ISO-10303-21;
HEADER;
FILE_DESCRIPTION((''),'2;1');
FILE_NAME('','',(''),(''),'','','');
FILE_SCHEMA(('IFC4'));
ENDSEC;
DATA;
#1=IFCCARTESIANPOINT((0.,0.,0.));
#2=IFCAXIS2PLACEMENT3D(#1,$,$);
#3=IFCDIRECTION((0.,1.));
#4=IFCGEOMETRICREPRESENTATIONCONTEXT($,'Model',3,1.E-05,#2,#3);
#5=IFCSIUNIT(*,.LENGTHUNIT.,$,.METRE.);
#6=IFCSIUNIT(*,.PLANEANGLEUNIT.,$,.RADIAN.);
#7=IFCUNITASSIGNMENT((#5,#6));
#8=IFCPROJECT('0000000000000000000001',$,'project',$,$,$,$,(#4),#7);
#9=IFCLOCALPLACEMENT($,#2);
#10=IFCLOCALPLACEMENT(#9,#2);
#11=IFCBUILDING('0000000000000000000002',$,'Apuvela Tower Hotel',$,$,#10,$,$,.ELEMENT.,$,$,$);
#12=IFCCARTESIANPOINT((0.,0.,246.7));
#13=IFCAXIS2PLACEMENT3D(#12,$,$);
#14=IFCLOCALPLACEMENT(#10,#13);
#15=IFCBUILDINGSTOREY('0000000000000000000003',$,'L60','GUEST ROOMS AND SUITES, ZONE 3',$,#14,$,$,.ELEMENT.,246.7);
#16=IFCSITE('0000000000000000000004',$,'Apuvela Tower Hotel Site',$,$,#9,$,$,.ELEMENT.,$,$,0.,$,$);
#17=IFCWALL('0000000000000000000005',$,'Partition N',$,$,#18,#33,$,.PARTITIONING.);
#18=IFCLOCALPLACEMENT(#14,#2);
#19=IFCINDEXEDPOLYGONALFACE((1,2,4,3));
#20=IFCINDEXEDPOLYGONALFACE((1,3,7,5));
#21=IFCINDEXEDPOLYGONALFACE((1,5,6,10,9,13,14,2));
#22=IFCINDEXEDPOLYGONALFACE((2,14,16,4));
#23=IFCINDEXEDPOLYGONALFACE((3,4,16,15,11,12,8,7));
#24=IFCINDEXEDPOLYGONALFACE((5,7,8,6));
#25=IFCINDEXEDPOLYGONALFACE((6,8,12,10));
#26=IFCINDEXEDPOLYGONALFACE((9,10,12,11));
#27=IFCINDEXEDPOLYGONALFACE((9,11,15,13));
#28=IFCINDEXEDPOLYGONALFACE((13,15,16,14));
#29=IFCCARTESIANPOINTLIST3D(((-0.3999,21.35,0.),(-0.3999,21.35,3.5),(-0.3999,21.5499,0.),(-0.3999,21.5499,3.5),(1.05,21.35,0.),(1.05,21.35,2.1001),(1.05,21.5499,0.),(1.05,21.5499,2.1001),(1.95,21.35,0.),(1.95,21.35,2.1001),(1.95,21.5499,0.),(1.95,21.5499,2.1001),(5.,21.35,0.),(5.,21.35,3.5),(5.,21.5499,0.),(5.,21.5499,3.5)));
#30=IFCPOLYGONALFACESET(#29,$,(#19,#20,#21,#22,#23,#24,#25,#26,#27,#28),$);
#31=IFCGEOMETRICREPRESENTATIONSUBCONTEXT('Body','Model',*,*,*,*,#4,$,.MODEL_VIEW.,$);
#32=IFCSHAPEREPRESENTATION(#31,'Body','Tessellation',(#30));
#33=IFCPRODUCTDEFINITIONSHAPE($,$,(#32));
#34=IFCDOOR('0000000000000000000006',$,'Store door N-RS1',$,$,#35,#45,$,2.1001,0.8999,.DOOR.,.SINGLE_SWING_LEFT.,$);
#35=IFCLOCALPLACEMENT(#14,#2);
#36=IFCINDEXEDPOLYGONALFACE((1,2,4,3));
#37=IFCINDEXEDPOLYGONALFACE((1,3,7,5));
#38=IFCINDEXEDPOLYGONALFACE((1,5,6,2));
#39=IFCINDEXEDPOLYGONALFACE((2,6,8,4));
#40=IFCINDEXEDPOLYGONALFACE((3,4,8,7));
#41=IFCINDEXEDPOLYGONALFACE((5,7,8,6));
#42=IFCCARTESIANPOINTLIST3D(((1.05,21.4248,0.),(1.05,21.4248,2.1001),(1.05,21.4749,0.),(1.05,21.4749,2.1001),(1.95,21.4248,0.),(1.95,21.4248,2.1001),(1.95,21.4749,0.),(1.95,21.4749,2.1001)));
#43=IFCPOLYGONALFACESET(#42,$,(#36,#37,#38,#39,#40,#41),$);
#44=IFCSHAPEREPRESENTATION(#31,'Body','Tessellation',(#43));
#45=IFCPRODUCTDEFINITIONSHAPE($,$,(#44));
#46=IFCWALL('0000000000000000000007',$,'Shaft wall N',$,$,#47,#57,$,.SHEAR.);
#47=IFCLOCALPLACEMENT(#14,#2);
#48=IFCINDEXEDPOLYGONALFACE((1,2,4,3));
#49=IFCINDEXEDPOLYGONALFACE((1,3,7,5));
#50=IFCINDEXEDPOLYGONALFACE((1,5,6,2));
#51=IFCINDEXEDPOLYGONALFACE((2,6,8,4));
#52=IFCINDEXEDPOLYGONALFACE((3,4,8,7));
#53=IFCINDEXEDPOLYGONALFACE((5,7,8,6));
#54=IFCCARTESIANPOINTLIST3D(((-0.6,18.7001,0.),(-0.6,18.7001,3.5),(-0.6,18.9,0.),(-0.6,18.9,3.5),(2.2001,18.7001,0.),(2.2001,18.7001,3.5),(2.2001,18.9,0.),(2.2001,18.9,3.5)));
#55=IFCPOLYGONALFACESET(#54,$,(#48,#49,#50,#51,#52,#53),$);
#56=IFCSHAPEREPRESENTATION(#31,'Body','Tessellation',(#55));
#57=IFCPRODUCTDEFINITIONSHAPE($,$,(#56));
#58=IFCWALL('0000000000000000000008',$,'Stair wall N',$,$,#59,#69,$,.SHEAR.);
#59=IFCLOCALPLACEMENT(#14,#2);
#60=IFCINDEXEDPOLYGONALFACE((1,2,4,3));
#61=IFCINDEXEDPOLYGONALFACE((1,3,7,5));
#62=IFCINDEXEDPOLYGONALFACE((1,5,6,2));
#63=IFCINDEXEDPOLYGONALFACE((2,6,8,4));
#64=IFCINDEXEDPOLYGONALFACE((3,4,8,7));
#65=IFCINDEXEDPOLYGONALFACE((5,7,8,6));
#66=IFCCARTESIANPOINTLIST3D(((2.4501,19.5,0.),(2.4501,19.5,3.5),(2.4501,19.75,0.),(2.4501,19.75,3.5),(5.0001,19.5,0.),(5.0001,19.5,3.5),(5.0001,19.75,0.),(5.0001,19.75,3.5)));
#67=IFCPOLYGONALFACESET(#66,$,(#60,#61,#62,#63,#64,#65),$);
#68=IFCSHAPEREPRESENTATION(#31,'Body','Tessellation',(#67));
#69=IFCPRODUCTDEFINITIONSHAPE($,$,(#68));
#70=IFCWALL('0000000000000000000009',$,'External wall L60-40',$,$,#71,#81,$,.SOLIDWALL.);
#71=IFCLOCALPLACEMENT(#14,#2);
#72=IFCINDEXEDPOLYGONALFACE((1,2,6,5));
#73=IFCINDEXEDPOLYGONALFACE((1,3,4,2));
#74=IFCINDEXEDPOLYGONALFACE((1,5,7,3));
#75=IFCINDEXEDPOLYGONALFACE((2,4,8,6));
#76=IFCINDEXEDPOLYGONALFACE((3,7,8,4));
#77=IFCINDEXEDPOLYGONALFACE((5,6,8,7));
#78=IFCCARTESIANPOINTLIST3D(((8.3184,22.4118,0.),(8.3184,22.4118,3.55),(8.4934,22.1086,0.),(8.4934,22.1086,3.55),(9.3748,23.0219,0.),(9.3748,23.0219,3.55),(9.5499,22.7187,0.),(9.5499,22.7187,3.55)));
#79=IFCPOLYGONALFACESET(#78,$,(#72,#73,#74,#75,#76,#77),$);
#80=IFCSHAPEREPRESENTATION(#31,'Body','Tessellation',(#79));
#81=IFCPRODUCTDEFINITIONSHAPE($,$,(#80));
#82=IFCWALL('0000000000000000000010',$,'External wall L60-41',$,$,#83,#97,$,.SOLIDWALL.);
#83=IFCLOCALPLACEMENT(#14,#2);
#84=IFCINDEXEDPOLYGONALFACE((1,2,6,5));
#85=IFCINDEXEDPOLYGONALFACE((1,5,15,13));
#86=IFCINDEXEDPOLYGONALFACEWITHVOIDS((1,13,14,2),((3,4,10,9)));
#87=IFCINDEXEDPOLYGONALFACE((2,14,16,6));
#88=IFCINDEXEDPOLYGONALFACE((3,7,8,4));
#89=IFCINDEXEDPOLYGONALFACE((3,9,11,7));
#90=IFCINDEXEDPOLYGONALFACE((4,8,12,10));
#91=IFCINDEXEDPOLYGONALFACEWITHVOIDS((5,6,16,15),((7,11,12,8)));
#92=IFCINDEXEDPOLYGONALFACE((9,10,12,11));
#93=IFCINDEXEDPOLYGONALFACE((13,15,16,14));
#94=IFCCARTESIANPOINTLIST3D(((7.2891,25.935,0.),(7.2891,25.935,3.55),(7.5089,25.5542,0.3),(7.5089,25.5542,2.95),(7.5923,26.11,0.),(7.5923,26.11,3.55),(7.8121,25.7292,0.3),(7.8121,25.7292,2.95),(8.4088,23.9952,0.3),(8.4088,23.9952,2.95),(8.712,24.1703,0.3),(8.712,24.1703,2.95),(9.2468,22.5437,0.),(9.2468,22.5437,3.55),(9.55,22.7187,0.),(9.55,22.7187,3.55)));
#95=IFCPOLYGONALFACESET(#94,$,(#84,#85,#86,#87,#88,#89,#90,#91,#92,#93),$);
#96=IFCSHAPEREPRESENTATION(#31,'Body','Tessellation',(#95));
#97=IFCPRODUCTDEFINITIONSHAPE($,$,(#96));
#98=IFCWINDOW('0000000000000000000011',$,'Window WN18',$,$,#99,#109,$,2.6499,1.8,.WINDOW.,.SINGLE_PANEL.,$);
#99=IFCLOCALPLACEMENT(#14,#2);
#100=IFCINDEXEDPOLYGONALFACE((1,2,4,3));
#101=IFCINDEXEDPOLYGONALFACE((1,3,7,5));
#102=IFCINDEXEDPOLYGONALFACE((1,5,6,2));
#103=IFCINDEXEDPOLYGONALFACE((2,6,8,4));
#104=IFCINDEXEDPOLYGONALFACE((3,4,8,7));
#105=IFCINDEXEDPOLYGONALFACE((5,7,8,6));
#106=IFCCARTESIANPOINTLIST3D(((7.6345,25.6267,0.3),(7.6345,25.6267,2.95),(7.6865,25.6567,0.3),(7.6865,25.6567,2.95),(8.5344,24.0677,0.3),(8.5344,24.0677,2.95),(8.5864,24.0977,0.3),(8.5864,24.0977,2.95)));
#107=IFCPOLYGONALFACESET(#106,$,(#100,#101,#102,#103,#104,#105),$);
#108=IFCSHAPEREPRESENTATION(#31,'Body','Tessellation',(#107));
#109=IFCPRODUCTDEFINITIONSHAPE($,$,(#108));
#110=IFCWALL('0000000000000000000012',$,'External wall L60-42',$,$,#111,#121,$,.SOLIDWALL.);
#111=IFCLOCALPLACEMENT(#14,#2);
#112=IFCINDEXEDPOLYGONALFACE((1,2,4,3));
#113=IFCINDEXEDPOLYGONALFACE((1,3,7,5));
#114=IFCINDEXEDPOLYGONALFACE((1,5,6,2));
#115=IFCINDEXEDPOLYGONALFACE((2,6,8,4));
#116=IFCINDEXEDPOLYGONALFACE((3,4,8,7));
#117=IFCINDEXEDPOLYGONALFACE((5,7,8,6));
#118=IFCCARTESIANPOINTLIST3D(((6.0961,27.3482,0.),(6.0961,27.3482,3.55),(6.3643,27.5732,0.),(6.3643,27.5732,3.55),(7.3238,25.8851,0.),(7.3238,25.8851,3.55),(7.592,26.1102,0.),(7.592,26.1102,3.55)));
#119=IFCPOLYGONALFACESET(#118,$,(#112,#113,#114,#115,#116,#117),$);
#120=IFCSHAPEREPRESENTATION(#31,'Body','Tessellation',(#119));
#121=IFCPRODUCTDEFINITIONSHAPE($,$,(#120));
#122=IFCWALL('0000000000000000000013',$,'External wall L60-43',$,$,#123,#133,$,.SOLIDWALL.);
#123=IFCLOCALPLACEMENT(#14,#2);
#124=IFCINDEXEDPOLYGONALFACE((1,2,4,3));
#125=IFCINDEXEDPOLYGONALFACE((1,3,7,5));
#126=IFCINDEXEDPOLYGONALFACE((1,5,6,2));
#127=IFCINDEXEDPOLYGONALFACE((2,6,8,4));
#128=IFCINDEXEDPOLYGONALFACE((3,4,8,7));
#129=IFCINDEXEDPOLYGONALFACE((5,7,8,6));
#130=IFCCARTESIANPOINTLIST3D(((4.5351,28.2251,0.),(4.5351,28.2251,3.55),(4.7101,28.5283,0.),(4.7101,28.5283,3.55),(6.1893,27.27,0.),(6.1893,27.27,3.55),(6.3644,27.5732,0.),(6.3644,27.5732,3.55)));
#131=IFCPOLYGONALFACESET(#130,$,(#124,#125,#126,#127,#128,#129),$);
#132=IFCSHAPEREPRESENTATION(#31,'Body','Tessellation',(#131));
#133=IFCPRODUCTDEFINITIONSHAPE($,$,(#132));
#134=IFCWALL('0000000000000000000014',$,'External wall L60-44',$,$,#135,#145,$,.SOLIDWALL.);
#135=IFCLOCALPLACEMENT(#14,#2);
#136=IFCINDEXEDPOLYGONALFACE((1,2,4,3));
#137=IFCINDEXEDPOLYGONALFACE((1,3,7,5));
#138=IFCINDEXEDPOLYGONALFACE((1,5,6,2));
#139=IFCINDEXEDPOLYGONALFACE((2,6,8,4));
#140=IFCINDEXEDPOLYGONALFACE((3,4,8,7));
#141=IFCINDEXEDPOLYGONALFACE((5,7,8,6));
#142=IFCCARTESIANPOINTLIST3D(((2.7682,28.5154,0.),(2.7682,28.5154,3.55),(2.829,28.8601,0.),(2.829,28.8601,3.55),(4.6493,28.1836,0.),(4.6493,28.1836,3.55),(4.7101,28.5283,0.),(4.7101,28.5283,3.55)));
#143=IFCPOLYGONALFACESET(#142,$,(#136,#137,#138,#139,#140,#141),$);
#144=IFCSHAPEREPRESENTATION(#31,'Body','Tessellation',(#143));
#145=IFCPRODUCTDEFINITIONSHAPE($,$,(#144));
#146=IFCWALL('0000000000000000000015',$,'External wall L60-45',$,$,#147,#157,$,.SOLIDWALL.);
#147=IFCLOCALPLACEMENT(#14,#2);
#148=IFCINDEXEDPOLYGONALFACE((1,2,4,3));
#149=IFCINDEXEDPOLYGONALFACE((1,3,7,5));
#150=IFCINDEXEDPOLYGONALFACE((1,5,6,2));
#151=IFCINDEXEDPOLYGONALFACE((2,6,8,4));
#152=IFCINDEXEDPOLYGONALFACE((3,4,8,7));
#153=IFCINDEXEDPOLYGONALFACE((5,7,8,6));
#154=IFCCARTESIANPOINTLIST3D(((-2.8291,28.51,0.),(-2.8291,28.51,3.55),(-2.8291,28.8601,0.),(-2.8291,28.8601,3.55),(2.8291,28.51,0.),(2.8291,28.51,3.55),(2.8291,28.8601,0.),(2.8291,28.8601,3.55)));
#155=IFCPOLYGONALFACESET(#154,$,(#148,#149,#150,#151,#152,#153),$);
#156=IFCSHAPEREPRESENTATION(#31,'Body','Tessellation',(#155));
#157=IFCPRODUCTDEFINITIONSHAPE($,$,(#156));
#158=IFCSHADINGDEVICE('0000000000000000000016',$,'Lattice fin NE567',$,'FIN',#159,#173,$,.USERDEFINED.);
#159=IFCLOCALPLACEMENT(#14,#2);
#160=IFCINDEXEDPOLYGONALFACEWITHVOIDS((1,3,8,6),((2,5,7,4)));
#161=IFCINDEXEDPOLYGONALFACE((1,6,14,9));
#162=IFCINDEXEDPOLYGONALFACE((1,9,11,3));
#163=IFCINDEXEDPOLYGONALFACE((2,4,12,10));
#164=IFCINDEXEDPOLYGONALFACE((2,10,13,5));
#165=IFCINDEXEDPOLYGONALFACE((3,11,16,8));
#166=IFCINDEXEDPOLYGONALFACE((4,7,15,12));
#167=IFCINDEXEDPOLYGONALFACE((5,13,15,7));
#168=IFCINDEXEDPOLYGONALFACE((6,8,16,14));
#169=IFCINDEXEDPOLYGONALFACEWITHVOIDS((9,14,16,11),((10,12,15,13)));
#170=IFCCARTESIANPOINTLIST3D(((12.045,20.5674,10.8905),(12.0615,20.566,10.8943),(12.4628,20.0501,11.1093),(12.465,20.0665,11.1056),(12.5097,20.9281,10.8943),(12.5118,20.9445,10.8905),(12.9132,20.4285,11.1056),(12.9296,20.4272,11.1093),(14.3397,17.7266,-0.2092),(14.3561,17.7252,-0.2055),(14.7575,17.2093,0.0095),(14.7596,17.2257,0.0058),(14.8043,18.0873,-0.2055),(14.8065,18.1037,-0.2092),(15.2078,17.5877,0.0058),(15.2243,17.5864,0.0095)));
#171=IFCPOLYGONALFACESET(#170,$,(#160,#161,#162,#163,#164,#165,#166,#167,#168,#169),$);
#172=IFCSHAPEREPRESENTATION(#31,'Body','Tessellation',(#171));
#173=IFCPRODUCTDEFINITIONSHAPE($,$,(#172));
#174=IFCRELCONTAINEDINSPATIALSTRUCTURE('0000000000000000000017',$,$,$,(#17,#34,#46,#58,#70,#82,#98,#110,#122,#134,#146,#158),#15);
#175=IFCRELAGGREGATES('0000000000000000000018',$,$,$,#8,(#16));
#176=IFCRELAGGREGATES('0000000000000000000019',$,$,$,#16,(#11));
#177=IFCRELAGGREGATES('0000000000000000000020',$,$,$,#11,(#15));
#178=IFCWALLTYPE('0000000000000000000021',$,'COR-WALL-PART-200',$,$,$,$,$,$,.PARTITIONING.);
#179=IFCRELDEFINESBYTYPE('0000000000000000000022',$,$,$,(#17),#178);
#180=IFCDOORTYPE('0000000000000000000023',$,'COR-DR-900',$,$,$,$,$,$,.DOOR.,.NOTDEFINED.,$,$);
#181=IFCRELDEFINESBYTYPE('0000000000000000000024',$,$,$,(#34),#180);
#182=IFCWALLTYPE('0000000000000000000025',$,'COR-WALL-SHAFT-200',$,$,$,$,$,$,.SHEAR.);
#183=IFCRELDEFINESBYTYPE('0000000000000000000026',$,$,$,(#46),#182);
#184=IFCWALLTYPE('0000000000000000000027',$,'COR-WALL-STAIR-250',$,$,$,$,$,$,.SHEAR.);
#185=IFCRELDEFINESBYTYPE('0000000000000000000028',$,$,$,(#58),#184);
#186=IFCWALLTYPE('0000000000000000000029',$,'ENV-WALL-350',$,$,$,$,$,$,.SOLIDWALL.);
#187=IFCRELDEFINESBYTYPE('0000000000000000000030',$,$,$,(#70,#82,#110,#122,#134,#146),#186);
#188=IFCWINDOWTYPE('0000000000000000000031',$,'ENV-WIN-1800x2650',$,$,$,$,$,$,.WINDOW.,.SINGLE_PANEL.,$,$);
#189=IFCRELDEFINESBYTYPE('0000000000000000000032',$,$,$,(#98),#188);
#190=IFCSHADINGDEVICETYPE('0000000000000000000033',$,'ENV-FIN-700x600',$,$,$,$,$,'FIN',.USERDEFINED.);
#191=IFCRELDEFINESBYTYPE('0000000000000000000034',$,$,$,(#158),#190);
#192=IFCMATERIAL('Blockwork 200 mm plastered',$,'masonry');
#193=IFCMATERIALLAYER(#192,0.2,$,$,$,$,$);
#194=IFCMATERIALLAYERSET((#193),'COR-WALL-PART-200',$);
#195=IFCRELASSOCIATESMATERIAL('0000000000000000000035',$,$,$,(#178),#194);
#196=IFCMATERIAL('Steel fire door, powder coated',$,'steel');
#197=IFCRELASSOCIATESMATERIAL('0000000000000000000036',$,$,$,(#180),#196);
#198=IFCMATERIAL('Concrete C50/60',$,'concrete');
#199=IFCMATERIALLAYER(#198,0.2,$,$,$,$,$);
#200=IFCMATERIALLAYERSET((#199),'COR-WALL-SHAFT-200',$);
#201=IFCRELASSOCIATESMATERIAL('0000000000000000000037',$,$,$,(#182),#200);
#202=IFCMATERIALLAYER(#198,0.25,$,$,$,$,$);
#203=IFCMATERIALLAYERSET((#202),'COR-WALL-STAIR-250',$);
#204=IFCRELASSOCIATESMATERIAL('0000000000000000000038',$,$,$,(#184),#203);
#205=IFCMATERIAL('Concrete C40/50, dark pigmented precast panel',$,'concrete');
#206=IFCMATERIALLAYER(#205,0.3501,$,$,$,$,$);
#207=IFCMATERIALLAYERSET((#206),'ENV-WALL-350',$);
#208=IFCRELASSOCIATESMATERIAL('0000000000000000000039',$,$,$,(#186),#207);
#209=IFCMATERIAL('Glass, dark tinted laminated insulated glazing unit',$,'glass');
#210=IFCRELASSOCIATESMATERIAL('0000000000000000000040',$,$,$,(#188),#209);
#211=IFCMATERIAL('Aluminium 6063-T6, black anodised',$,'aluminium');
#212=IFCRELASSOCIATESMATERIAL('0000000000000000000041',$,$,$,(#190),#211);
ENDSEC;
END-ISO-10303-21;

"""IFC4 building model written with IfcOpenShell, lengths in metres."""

from ifc_helpers import new_model, si_unit, direction, frame, frame_2d, origin, origin_2d, place, context, subcontext, project, spatial, rectangle, hollow_rectangle, extrude, material, layer, layer_set, material_profile, profile_set, type_object, element, fill, save


model = new_model("IFC4")

# Units and contexts
model_context = context("Model", 3, precision=1e-05, world=origin(), true_north=direction((0.0, 1.0)))
body_context = subcontext(model_context, "Body", "Model", "MODEL_VIEW")
ifc_project = project(units=[si_unit("LENGTHUNIT", "METRE"), si_unit("PLANEANGLEUNIT", "RADIAN")], contexts=[model_context])

# Site, building, storey
site_placement = place(None, origin())
site = spatial("IfcSite", under=ifc_project, at=site_placement, Name="Apuvela Tower Hotel Site", CompositionType="ELEMENT", RefElevation=0.0)
building_placement = place(site_placement, origin())
building = spatial("IfcBuilding", under=site, at=building_placement, Name="Apuvela Tower Hotel", CompositionType="ELEMENT")
storey_placement = place(building_placement, frame((0.0, 0.0, 246.7)))
storey = spatial("IfcBuildingStorey", under=building, at=storey_placement, Name="L60", Description="GUEST ROOMS AND SUITES, ZONE 3", CompositionType="ELEMENT", Elevation=246.7)

# Wall, opening, door
ifc_material_1 = material(Name="Blockwork 200 mm plastered", Category="masonry")
ifc_layer_1 = layer(ifc_material_1, 0.2)
ifc_layer_set_1 = layer_set([ifc_layer_1], Name="COR-WALL-PART-200")
wall_type_1 = type_object("IfcWallType", Name="COR-WALL-PART-200", PredefinedType="PARTITIONING", material=ifc_layer_set_1)
wall_1_placement = place(storey_placement, frame((5.0, 21.45, 0.0), z_axis=(0.0, 0.0, 1.0), x_axis=(-1.0, 0.0, 0.0)))
wall_1 = element("IfcWall", 1, at=wall_1_placement, inside=storey, type_object=wall_type_1, Name="Partition N", PredefinedType="PARTITIONING", context=body_context, shape_type="SweptSolid", body=[
    extrude(rectangle(XDim=5.3999, YDim=0.2, at=frame_2d((2.7, 0.0))), origin(), (0.0, 0.0, 1.0), 3.5),
])
opening_1_placement = place(wall_1_placement, frame((3.05, 0.0, 0.0)))
opening_1 = element("IfcOpeningElement", 2, at=opening_1_placement, cuts=wall_1, PredefinedType="OPENING", context=body_context, shape_type="SweptSolid", body=[
    extrude(rectangle(XDim=0.8999, YDim=2.1001, at=frame_2d((0.45, 1.05))), frame((0.0, 0.1099, 0.0), z_axis=(0.0, -1.0, 0.0), x_axis=(1.0, 0.0, 0.0)), (0.0, 0.0, 1.0), 0.22),
])
ifc_material_2 = material(Name="Steel fire door, powder coated", Category="steel")
door_type_1 = type_object("IfcDoorType", Name="COR-DR-900", OperationType="NOTDEFINED", PredefinedType="DOOR", material=ifc_material_2)
door_1_placement = place(opening_1_placement, frame((0.8999, 0.0, 0.0), z_axis=(0.0, 0.0, 1.0), x_axis=(-1.0, 0.0, 0.0)))
door_1 = element("IfcDoor", 3, at=door_1_placement, inside=storey, type_object=door_type_1, Name="Store door N-RS1", OperationType="SINGLE_SWING_LEFT", OverallHeight=2.1001, OverallWidth=0.8999, PredefinedType="DOOR", context=body_context, shape_type="SweptSolid", body=[
    extrude(rectangle(XDim=0.8999, YDim=2.1001, at=frame_2d((0.45, 1.05))), frame((0.0, 0.0249, 0.0), z_axis=(0.0, -1.0, 0.0), x_axis=(1.0, 0.0, 0.0)), (0.0, 0.0, 1.0), 0.05),
])
fill(opening_1, door_1)

# Walls
ifc_material_3 = material(Name="Concrete C50/60", Category="concrete")
ifc_layer_2 = layer(ifc_material_3, 0.2)
ifc_layer_set_2 = layer_set([ifc_layer_2], Name="COR-WALL-SHAFT-200")
wall_type_2 = type_object("IfcWallType", Name="COR-WALL-SHAFT-200", PredefinedType="SHEAR", material=ifc_layer_set_2)
wall_2_placement = place(storey_placement, frame((2.2, 18.8, 0.0), z_axis=(0.0, 0.0, 1.0), x_axis=(-1.0, 0.0, 0.0)))
element("IfcWall", 4, at=wall_2_placement, inside=storey, type_object=wall_type_2, Name="Shaft wall N", PredefinedType="SHEAR", context=body_context, shape_type="SweptSolid", body=[
    extrude(rectangle(XDim=2.8, YDim=0.2, at=frame_2d((1.3999, 0.0))), origin(), (0.0, 0.0, 1.0), 3.5),
])
ifc_layer_3 = layer(ifc_material_3, 0.25)
ifc_layer_set_3 = layer_set([ifc_layer_3], Name="COR-WALL-STAIR-250")
wall_type_3 = type_object("IfcWallType", Name="COR-WALL-STAIR-250", PredefinedType="SHEAR", material=ifc_layer_set_3)
wall_3_placement = place(storey_placement, frame((5.0, 19.625, 0.0), z_axis=(0.0, 0.0, 1.0), x_axis=(-1.0, 0.0, 0.0)))
element("IfcWall", 5, at=wall_3_placement, inside=storey, type_object=wall_type_3, Name="Stair wall N", PredefinedType="SHEAR", context=body_context, shape_type="SweptSolid", body=[
    extrude(rectangle(XDim=2.55, YDim=0.25, at=frame_2d((1.2749, 0.0))), origin(), (0.0, 0.0, 1.0), 3.5),
])
ifc_material_4 = material(Name="Concrete C40/50, dark pigmented precast panel", Category="concrete")
ifc_layer_4 = layer(ifc_material_4, 0.3501)
ifc_layer_set_4 = layer_set([ifc_layer_4], Name="ENV-WALL-350")
wall_type_4 = type_object("IfcWallType", Name="ENV-WALL-350", PredefinedType="SOLIDWALL", material=ifc_layer_set_4)
wall_4_placement = place(storey_placement, frame((8.406, 22.2603, 0.0), z_axis=(0.0, 0.0, 1.0), x_axis=(0.865956, 0.500121, 0.0)))
element("IfcWall", 6, at=wall_4_placement, inside=storey, type_object=wall_type_4, Name="External wall L60-40", PredefinedType="SOLIDWALL", context=body_context, shape_type="SweptSolid", body=[
    extrude(rectangle(XDim=1.22, YDim=0.3501, at=frame_2d((0.6099, 0.0))), origin(), (0.0, 0.0, 1.0), 3.55),
])

# Wall, opening, window
wall_5_placement = place(storey_placement, frame((9.3984, 22.6311, 0.0), z_axis=(0.0, 0.0, 1.0), x_axis=(-0.499955, 0.866052, 0.0)))
wall_5 = element("IfcWall", 7, at=wall_5_placement, inside=storey, type_object=wall_type_4, Name="External wall L60-41", PredefinedType="SOLIDWALL", context=body_context, shape_type="SweptSolid", body=[
    extrude(rectangle(XDim=3.9158, YDim=0.3501, at=frame_2d((1.958, 0.0))), origin(), (0.0, 0.0, 1.0), 3.55),
])
opening_2_placement = place(wall_5_placement, frame((1.6763, 0.0, 0.3)))
opening_2 = element("IfcOpeningElement", 8, at=opening_2_placement, cuts=wall_5, PredefinedType="OPENING", context=body_context, shape_type="SweptSolid", body=[
    extrude(rectangle(XDim=1.8, YDim=2.6499, at=frame_2d((0.8999, 1.325))), frame((0.0, 0.1851, 0.0), z_axis=(0.0, -1.0, 0.0), x_axis=(1.0, 0.0, 0.0)), (0.0, 0.0, 1.0), 0.3701),
])
ifc_material_5 = material(Name="Glass, dark tinted laminated insulated glazing unit", Category="glass")
window_type = type_object("IfcWindowType", Name="ENV-WIN-1800x2650", PartitioningType="SINGLE_PANEL", PredefinedType="WINDOW", material=ifc_material_5)
window_placement = place(opening_2_placement, origin())
window = element("IfcWindow", 9, at=window_placement, inside=storey, type_object=window_type, Name="Window WN18", OverallHeight=2.6499, OverallWidth=1.8, PartitioningType="SINGLE_PANEL", PredefinedType="WINDOW", context=body_context, shape_type="SweptSolid", body=[
    extrude(rectangle(XDim=1.8, YDim=2.6499, at=frame_2d((0.8999, 1.325))), frame((0.0, 0.03, 0.0), z_axis=(0.0, -1.0, 0.0), x_axis=(1.0, 0.0, 0.0)), (0.0, 0.0, 1.0), 0.0601),
])
fill(opening_2, window)

# Walls
wall_6_placement = place(storey_placement, frame((7.458, 25.9976, 0.0), z_axis=(0.0, 0.0, 1.0), x_axis=(-0.642808, 0.766027, 0.0)))
element("IfcWall", 10, at=wall_6_placement, inside=storey, type_object=wall_type_4, Name="External wall L60-42", PredefinedType="SOLIDWALL", context=body_context, shape_type="SweptSolid", body=[
    extrude(rectangle(XDim=1.9099, YDim=0.3501, at=frame_2d((0.9551, 0.0))), origin(), (0.0, 0.0, 1.0), 3.55),
])
for number, where, z_axis, x_axis, name in (
    (11, (6.2769, 27.4216, 0.0), (0.0, 0.0, 1.0), (-0.866032, 0.499988, 0.0), "External wall L60-43"),
    (12, (4.6797, 28.356, 0.0), (0.0, 0.0, 1.0), (-0.984799, 0.173698, 0.0), "External wall L60-44"),
):
    element("IfcWall", number, at=place(storey_placement, frame(where, z_axis=z_axis, x_axis=x_axis)), inside=storey, type_object=wall_type_4, Name=name, PredefinedType="SOLIDWALL", context=body_context, shape_type="SweptSolid", body=[
        extrude(rectangle(XDim=1.9102, YDim=0.3501, at=frame_2d((0.9551, 0.0))), origin(), (0.0, 0.0, 1.0), 3.55),
    ])
wall_7_placement = place(storey_placement, frame((2.8291, 28.6851, 0.0), z_axis=(0.0, 0.0, 1.0), x_axis=(-1.0, 0.0, 0.0)))
element("IfcWall", 13, at=wall_7_placement, inside=storey, type_object=wall_type_4, Name="External wall L60-45", PredefinedType="SOLIDWALL", context=body_context, shape_type="SweptSolid", body=[
    extrude(rectangle(XDim=5.6582, YDim=0.3501, at=frame_2d((2.8291, 0.0))), origin(), (0.0, 0.0, 1.0), 3.55),
])

# Shading device
ifc_material_6 = material(Name="Aluminium 6063-T6, black anodised", Category="aluminium")
ifc_material_profile_1 = material_profile(ifc_material_6, hollow_rectangle(XDim=0.6001, YDim=0.7, WallThickness=0.012, at=origin_2d()), Name="AL BOX 700x600x12")
ifc_profile_set_1 = profile_set([ifc_material_profile_1], Name="Aluminium 6063-T6, black anodised")
shading_device_type = type_object("IfcShadingDeviceType", Name="ENV-FIN-700x600", ElementType="FIN", PredefinedType="USERDEFINED", material=ifc_profile_set_1)
shading_device_1_placement = place(storey_placement, frame((14.782, 17.6565, -0.0999), z_axis=(-0.196376, 0.243114, 0.949912), x_axis=(-0.777919, -0.628365, 0.0)))
element("IfcShadingDevice", 14, at=shading_device_1_placement, inside=storey, type_object=shading_device_type, Name="Lattice fin NE567", ObjectType="FIN", PredefinedType="USERDEFINED", context=body_context, shape_type="SweptSolid", body=[
    extrude(hollow_rectangle(XDim=0.6001, YDim=0.7, WallThickness=0.012, at=origin_2d()), origin(), (0.0, 0.0, 1.0), 11.6851),
])

save(model, "model.ifc")
